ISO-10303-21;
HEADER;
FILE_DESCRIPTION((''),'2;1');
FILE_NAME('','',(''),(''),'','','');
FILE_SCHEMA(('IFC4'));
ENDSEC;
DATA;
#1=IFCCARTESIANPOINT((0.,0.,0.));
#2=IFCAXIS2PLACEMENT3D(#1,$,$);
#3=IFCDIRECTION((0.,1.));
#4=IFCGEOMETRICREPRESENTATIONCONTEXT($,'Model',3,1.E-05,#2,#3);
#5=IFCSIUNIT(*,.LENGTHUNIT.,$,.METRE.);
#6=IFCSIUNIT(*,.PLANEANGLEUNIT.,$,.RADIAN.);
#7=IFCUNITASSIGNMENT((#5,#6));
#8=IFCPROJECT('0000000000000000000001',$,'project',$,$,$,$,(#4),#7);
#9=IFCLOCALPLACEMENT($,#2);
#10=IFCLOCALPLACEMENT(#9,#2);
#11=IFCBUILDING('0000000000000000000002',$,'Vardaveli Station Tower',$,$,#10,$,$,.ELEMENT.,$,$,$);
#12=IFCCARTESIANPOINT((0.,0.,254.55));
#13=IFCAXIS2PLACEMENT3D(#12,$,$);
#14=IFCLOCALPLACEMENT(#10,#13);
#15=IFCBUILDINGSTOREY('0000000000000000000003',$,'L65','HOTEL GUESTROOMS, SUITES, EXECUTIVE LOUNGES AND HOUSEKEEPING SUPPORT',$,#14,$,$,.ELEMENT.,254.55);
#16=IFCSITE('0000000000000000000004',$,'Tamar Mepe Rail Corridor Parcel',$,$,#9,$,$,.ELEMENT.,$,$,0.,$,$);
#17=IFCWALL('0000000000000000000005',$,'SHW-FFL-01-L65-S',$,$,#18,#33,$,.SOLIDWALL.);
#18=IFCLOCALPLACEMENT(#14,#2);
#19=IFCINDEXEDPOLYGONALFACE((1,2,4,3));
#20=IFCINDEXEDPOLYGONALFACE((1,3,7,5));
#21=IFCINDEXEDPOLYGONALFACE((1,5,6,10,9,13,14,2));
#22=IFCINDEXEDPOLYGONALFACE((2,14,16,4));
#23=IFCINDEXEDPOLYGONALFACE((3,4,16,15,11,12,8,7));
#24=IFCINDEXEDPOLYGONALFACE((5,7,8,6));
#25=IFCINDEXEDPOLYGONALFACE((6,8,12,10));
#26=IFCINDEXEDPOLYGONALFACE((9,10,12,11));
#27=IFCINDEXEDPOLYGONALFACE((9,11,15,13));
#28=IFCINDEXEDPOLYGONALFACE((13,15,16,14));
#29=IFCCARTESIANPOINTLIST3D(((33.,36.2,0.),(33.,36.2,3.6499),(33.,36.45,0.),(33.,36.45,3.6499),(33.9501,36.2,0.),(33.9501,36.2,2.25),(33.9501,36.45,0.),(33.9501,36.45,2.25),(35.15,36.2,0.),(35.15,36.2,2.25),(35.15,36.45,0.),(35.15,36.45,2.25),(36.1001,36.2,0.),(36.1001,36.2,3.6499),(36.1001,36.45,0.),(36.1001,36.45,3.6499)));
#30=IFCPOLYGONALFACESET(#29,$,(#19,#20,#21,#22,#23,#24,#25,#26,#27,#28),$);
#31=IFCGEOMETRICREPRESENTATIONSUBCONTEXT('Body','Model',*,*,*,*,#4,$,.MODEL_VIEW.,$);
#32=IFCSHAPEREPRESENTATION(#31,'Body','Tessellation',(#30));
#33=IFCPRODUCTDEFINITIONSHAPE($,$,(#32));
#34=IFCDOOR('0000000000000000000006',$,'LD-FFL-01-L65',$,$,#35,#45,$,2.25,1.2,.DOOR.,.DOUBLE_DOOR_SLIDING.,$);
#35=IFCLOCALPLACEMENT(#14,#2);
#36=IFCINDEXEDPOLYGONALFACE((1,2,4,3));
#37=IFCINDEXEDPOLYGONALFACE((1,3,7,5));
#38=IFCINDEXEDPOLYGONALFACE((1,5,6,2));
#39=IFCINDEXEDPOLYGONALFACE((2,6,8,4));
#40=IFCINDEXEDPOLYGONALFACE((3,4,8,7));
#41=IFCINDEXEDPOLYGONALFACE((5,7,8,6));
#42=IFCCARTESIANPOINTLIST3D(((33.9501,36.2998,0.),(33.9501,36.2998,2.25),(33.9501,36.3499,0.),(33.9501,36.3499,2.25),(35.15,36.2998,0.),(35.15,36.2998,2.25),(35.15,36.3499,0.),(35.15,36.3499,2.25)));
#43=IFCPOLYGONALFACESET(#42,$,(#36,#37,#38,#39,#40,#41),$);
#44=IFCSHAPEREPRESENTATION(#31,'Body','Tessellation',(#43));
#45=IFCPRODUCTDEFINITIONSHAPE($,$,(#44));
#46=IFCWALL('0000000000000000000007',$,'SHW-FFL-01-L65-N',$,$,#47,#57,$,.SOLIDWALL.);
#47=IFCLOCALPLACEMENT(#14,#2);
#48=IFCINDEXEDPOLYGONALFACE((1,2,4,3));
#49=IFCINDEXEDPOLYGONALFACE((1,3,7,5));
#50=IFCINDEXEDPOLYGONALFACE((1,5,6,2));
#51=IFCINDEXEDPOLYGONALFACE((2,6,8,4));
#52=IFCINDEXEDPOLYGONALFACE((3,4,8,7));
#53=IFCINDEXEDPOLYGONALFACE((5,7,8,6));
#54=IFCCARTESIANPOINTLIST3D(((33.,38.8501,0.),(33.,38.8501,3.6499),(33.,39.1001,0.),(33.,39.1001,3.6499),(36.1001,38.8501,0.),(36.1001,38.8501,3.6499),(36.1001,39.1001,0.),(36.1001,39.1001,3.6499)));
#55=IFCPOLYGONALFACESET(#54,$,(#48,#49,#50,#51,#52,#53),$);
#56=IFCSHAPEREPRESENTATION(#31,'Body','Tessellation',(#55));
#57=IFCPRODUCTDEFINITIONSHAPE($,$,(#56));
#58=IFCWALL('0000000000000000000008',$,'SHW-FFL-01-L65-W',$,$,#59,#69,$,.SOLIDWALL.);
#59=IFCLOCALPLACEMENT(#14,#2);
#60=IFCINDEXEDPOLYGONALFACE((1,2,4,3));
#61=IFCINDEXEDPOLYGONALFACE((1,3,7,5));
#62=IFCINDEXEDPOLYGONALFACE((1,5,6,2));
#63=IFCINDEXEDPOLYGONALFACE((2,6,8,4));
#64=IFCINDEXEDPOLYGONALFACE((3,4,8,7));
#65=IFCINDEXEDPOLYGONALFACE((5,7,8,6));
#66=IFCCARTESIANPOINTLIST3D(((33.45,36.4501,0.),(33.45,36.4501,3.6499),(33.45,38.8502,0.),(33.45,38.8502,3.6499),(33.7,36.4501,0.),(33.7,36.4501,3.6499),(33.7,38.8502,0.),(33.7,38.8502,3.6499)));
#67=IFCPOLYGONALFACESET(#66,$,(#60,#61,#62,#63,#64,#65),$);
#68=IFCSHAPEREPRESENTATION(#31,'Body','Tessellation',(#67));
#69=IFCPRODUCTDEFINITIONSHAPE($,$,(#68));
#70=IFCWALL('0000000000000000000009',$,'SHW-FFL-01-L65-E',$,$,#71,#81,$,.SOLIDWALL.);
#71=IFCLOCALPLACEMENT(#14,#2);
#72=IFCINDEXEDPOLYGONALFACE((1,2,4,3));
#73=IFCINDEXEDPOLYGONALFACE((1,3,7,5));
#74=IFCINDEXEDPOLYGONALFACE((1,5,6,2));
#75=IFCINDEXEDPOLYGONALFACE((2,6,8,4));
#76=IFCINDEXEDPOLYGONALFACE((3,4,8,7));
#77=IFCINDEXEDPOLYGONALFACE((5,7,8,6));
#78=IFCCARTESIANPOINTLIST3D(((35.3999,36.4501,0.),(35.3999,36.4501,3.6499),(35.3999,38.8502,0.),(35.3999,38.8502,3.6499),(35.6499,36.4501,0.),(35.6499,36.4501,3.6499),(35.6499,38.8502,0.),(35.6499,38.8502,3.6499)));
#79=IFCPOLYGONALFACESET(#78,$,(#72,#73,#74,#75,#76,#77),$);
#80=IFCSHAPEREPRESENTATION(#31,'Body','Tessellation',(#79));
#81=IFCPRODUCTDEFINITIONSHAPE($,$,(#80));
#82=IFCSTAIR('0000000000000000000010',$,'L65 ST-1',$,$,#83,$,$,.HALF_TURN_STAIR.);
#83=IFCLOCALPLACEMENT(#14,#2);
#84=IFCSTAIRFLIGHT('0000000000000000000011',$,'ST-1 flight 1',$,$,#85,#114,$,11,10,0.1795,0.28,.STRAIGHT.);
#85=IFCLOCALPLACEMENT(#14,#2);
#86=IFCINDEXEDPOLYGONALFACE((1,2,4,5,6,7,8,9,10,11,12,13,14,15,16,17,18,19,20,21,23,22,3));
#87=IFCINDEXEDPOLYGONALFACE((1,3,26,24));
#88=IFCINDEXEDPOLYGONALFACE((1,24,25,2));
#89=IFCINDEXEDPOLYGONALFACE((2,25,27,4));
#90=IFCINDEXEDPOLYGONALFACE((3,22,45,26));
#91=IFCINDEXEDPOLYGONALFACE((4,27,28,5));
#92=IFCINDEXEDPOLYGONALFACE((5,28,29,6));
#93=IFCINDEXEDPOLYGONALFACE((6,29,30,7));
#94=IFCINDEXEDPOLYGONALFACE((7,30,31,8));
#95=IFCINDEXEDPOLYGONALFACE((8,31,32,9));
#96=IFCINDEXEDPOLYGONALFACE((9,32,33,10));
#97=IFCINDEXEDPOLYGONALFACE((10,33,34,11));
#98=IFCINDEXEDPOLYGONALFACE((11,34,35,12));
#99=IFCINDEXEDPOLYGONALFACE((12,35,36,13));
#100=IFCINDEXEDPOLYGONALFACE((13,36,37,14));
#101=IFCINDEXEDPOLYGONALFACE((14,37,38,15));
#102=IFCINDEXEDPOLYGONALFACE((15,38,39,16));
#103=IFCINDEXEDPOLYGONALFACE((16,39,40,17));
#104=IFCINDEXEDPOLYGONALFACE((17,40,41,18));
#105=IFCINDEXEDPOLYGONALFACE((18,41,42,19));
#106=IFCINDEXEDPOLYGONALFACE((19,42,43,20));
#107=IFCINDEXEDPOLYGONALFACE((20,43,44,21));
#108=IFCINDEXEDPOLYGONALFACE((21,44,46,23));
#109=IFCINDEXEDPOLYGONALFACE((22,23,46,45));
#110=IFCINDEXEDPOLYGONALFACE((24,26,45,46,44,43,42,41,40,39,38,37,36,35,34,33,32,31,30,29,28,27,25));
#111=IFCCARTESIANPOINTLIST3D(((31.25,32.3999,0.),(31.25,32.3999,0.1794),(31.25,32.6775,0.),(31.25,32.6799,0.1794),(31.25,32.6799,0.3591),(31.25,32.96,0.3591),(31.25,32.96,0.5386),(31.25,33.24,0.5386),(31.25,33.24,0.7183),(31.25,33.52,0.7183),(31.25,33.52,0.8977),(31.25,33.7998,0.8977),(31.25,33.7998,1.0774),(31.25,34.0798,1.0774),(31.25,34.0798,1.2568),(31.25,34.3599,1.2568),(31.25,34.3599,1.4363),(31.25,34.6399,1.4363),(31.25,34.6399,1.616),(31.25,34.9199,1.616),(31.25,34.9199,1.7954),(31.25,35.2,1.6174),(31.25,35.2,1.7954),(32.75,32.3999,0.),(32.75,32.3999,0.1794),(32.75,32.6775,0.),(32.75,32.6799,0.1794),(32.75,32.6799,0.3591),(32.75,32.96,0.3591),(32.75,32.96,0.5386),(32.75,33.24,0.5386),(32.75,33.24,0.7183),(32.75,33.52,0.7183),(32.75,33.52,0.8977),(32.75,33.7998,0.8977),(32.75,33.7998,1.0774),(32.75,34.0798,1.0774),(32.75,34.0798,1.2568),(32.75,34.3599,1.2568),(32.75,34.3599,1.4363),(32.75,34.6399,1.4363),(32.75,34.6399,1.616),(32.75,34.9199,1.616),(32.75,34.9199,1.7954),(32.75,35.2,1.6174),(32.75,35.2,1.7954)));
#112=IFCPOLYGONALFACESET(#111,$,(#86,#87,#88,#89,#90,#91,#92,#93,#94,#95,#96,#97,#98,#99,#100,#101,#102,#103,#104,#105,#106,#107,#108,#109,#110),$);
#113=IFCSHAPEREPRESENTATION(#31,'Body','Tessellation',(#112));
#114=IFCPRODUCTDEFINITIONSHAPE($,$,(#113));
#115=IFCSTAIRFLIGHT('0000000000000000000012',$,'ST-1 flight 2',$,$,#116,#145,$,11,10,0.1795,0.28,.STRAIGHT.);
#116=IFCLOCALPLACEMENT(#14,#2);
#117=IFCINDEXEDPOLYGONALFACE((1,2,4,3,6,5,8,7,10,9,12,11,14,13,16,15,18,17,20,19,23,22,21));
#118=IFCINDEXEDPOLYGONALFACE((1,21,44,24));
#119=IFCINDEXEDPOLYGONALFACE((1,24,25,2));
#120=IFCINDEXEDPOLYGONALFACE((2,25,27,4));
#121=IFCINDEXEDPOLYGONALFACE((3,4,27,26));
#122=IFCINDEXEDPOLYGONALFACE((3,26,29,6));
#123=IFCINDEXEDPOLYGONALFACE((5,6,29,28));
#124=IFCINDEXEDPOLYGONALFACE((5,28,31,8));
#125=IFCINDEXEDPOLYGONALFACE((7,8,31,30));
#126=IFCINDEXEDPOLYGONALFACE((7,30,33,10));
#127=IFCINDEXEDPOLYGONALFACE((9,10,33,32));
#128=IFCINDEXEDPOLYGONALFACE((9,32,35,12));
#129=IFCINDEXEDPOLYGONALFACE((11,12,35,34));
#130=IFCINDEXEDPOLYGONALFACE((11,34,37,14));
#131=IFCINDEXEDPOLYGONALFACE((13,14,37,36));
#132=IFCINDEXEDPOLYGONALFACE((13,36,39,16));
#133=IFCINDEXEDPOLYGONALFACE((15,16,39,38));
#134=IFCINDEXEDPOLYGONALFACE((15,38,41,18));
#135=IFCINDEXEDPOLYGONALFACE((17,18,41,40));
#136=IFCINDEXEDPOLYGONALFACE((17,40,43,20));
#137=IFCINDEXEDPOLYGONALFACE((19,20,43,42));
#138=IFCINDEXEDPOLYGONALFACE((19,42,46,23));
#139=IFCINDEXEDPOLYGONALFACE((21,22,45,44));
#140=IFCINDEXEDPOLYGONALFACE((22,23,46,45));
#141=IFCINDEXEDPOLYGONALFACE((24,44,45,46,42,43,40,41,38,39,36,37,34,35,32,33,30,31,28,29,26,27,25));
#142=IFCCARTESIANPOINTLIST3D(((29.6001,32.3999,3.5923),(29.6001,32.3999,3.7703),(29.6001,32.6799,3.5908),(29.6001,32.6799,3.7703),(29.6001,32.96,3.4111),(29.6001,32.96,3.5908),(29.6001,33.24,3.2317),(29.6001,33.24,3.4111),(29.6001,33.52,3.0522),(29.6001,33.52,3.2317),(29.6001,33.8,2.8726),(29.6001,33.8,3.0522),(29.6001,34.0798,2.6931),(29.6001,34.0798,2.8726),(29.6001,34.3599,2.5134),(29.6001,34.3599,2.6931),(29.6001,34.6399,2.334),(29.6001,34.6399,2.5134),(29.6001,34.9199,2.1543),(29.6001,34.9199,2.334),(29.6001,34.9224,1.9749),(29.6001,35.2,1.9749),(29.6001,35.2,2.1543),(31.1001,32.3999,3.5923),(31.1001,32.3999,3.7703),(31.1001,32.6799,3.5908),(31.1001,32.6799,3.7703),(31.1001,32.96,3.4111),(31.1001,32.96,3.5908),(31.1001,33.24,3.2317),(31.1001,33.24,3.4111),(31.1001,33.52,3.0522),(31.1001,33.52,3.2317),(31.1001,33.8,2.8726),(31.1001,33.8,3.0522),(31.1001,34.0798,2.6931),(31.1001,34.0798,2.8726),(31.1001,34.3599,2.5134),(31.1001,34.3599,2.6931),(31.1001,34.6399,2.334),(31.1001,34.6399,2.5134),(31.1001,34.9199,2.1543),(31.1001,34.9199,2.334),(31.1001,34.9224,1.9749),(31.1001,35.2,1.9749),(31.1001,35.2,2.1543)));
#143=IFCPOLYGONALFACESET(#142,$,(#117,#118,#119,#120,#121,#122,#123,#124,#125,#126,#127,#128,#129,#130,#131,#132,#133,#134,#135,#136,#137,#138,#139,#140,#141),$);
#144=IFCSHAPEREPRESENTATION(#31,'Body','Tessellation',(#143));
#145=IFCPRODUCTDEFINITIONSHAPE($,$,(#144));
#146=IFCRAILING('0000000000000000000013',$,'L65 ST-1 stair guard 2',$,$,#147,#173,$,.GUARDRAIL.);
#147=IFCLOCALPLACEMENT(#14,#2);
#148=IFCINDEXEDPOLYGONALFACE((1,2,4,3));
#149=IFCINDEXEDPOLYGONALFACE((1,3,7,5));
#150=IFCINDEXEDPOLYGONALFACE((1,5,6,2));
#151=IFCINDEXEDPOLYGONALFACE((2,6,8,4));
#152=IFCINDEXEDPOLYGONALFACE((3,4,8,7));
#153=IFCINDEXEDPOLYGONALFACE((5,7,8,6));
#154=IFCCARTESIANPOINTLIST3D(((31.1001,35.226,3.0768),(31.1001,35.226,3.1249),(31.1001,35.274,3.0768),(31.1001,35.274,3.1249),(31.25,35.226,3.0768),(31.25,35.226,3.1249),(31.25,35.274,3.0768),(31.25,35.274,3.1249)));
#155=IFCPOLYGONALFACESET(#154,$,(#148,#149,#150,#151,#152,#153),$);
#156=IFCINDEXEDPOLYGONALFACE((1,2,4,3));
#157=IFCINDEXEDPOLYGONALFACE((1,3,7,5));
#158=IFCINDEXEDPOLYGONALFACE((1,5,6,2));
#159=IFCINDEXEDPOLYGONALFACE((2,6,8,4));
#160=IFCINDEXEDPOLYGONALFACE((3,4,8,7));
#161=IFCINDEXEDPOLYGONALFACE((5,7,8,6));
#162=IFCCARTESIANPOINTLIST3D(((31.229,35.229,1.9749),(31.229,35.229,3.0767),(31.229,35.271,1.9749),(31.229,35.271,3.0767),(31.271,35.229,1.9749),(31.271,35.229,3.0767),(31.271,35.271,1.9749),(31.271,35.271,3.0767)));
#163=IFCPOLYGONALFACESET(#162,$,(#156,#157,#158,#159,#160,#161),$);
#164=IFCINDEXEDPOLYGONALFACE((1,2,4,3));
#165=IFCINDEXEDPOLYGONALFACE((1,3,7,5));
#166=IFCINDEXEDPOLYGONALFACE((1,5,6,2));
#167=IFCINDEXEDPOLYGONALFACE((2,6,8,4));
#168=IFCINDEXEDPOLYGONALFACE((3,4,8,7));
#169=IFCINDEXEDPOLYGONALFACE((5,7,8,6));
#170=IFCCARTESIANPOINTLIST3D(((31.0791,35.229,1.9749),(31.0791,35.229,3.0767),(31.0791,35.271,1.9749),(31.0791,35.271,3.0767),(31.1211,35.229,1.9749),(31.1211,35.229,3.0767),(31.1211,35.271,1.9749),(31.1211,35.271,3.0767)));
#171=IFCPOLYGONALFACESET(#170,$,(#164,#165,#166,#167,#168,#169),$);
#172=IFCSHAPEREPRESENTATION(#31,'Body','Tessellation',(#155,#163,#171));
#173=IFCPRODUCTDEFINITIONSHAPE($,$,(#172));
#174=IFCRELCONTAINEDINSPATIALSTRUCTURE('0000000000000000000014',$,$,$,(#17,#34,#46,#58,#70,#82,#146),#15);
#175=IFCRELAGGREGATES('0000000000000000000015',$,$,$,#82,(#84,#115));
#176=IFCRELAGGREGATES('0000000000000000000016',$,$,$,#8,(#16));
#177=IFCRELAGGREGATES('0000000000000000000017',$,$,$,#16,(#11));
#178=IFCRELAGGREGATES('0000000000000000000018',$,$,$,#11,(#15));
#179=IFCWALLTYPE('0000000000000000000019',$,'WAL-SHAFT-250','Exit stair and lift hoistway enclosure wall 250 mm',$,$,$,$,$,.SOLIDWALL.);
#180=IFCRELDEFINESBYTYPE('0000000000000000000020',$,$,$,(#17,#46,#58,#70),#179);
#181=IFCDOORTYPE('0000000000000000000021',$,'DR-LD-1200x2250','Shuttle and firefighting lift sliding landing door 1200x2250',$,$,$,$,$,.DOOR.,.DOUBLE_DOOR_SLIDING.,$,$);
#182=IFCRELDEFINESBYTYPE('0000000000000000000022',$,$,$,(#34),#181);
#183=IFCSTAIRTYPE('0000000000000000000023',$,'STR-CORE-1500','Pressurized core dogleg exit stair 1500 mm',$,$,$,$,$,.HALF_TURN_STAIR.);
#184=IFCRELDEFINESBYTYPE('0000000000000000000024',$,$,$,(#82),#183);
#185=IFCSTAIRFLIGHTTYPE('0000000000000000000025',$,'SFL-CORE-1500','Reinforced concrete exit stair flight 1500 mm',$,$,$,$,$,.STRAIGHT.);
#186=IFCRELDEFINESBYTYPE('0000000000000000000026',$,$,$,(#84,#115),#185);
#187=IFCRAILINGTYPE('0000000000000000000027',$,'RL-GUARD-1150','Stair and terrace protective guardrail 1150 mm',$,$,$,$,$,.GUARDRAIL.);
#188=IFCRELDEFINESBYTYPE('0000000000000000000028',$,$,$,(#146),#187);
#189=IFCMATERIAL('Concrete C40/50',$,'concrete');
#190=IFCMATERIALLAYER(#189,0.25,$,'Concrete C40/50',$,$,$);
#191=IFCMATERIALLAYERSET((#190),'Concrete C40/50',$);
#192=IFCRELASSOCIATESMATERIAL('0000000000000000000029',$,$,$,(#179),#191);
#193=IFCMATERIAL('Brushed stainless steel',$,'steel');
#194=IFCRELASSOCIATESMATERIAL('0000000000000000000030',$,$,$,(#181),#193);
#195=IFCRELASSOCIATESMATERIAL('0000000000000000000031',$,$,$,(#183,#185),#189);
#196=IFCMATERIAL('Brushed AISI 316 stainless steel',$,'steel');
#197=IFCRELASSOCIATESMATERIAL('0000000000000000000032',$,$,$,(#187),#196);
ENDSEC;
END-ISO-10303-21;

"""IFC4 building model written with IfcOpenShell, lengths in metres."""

from ifc_helpers import new_model, si_unit, direction, frame, frame_2d, origin, origin_2d, place, context, subcontext, project, spatial, polyline, rectangle, outline, extrude, source, transform, mapped, material, layer, layer_set, type_object, element, fill, aggregate, save


model = new_model("IFC4")

# Units and contexts
model_context = context("Model", 3, precision=1e-05, world=origin(), true_north=direction((0.0, 1.0)))
body_context = subcontext(model_context, "Body", "Model", "MODEL_VIEW")
ifc_project = project(units=[si_unit("LENGTHUNIT", "METRE"), si_unit("PLANEANGLEUNIT", "RADIAN")], contexts=[model_context])

# Site, building, storey
site_placement = place(None, origin())
site = spatial("IfcSite", under=ifc_project, at=site_placement, Name="Tamar Mepe Rail Corridor Parcel", CompositionType="ELEMENT", RefElevation=0.0)
building_placement = place(site_placement, origin())
building = spatial("IfcBuilding", under=site, at=building_placement, Name="Vardaveli Station Tower", CompositionType="ELEMENT")
storey_placement = place(building_placement, frame((0.0, 0.0, 254.55)))
storey = spatial("IfcBuildingStorey", under=building, at=storey_placement, Name="L65", Description="HOTEL GUESTROOMS, SUITES, EXECUTIVE LOUNGES AND HOUSEKEEPING SUPPORT", CompositionType="ELEMENT", Elevation=254.55)

# Shared definitions
ifc_material_1 = material(Name="Concrete C40/50", Category="concrete")
ifc_layer_1 = layer(ifc_material_1, 0.25, Name="Concrete C40/50")
ifc_layer_set_1 = layer_set([ifc_layer_1], Name="Concrete C40/50")
wall_type_1 = type_object("IfcWallType", Name="WAL-SHAFT-250", Description="Exit stair and lift hoistway enclosure wall 250 mm", PredefinedType="SOLIDWALL", material=ifc_layer_set_1)

# Wall, opening, door
shared_shape_1 = source(origin(), body_context, "Body", "SweptSolid", [
    extrude(rectangle(XDim=3.1001, YDim=0.25, at=frame_2d((1.55, 0.0))), origin(), (0.0, 0.0, 1.0), 3.6499),
])
wall_1_placement = place(storey_placement, frame((33.0, 36.325, 0.0), z_axis=(0.0, 0.0, 1.0), x_axis=(1.0, 0.0, 0.0)))
wall_1 = element("IfcWall", 1, at=wall_1_placement, inside=storey, type_object=wall_type_1, Name="SHW-FFL-01-L65-S", PredefinedType="SOLIDWALL", context=body_context, shape_type="MappedRepresentation", body=[
    mapped(shared_shape_1, transform((0.0, 0.0, 0.0), scale=1.0)),
])
shared_shape_2 = source(origin(), body_context, "Body", "SweptSolid", [
    extrude(rectangle(XDim=1.2, YDim=2.25, at=frame_2d((0.6001, 1.125))), frame((0.0, 0.135, 0.0), z_axis=(0.0, -1.0, 0.0), x_axis=(1.0, 0.0, 0.0)), (0.0, 0.0, 1.0), 0.27),
])
opening_1_placement = place(wall_1_placement, frame((0.95, 0.0, 0.0)))
opening_1 = element("IfcOpeningElement", 2, at=opening_1_placement, cuts=wall_1, PredefinedType="OPENING", context=body_context, shape_type="MappedRepresentation", body=[
    mapped(shared_shape_2, transform((0.0, 0.0, 0.0), scale=1.0)),
])
ifc_material_2 = material(Name="Brushed stainless steel", Category="steel")
door_type = type_object("IfcDoorType", Name="DR-LD-1200x2250", Description="Shuttle and firefighting lift sliding landing door 1200x2250", OperationType="DOUBLE_DOOR_SLIDING", PredefinedType="DOOR", material=ifc_material_2)
shared_shape_3 = source(origin(), body_context, "Body", "SweptSolid", [
    extrude(rectangle(XDim=1.2, YDim=2.25, at=frame_2d((0.6001, 1.125))), frame((0.0, 0.0249, 0.0), z_axis=(0.0, -1.0, 0.0), x_axis=(1.0, 0.0, 0.0)), (0.0, 0.0, 1.0), 0.05),
])
door_placement = place(opening_1_placement, origin())
door = element("IfcDoor", 3, at=door_placement, inside=storey, type_object=door_type, Name="LD-FFL-01-L65", OperationType="DOUBLE_DOOR_SLIDING", OverallHeight=2.25, OverallWidth=1.2, PredefinedType="DOOR", context=body_context, shape_type="MappedRepresentation", body=[
    mapped(shared_shape_3, transform((0.0, 0.0, 0.0), scale=1.0)),
])
fill(opening_1, door)

# Walls
wall_2_placement = place(storey_placement, frame((33.0, 38.9751, 0.0), z_axis=(0.0, 0.0, 1.0), x_axis=(1.0, 0.0, 0.0)))
element("IfcWall", 4, at=wall_2_placement, inside=storey, type_object=wall_type_1, Name="SHW-FFL-01-L65-N", PredefinedType="SOLIDWALL", context=body_context, shape_type="MappedRepresentation", body=[
    mapped(shared_shape_1, transform((0.0, 0.0, 0.0), scale=1.0)),
])
shared_shape_4 = source(origin(), body_context, "Body", "SweptSolid", [
    extrude(rectangle(XDim=2.4001, YDim=0.25, at=frame_2d((1.2002, 0.0))), origin(), (0.0, 0.0, 1.0), 3.6499),
])
for number, where, z_axis, x_axis, name in (
    (5, (33.575, 36.45, 0.0), (0.0, 0.0, 1.0), (0.0, 1.0, 0.0), "SHW-FFL-01-L65-W"),
    (6, (35.5249, 36.45, 0.0), (0.0, 0.0, 1.0), (0.0, 1.0, 0.0), "SHW-FFL-01-L65-E"),
):
    element("IfcWall", number, at=place(storey_placement, frame(where, z_axis=z_axis, x_axis=x_axis)), inside=storey, type_object=wall_type_1, Name=name, PredefinedType="SOLIDWALL", context=body_context, shape_type="MappedRepresentation", body=[
        mapped(shared_shape_4, transform((0.0, 0.0, 0.0), scale=1.0)),
    ])

# Stair, stair flights
stair_type = type_object("IfcStairType", Name="STR-CORE-1500", Description="Pressurized core dogleg exit stair 1500 mm", PredefinedType="HALF_TURN_STAIR", material=ifc_material_1)
stair_placement = place(storey_placement, origin())
stair = element("IfcStair", 7, at=stair_placement, inside=storey, type_object=stair_type, Name="L65 ST-1", PredefinedType="HALF_TURN_STAIR")
stair_flight_type = type_object("IfcStairFlightType", Name="SFL-CORE-1500", Description="Reinforced concrete exit stair flight 1500 mm", PredefinedType="STRAIGHT", material=ifc_material_1)
shared_shape_5 = source(origin(), body_context, "Body", "SweptSolid", [
    extrude(outline(polyline([(0.0, 0.0), (0.0, 0.1794), (0.28, 0.1794), (0.28, 0.3591), (0.5601, 0.3591), (0.5601, 0.5386), (0.8401, 0.5386), (0.8401, 0.7183), (1.1201, 0.7183), (1.1201, 0.8977), (1.3999, 0.8977), (1.3999, 1.0774), (1.6799, 1.0774), (1.6799, 1.2568), (1.96, 1.2568), (1.96, 1.4363), (2.24, 1.4363), (2.24, 1.616), (2.52, 1.616), (2.52, 1.7954), (2.8, 1.7954), (2.8, 1.9751), (2.8, 1.6174), (0.2776, 0.0), (0.0, 0.0)])), frame((0.0, 0.75, 0.0), z_axis=(0.0, -1.0, 0.0), x_axis=(1.0, 0.0, 0.0)), (0.0, 0.0, 1.0), 1.5),
])
stair_flight_1_placement = place(storey_placement, frame((32.0, 32.3999, 0.0), z_axis=(0.0, 0.0, 1.0), x_axis=(0.0, 1.0, 0.0)))
stair_flight_1 = element("IfcStairFlight", 8, at=stair_flight_1_placement, type_object=stair_flight_type, Name="ST-1 flight 1", NumberOfRisers=11, NumberOfTreads=10, PredefinedType="STRAIGHT", RiserHeight=0.1795, TreadLength=0.28, context=body_context, shape_type="MappedRepresentation", body=[
    mapped(shared_shape_5, transform((0.0, 0.0, 0.0), scale=1.0)),
])
stair_flight_2_placement = place(storey_placement, frame((30.3501, 35.2, 1.9749), z_axis=(0.0, 0.0, 1.0), x_axis=(0.0, -1.0, 0.0)))
stair_flight_2 = element("IfcStairFlight", 9, at=stair_flight_2_placement, type_object=stair_flight_type, Name="ST-1 flight 2", NumberOfRisers=11, NumberOfTreads=10, PredefinedType="STRAIGHT", RiserHeight=0.1795, TreadLength=0.28, context=body_context, shape_type="MappedRepresentation", body=[
    mapped(shared_shape_5, transform((0.0, 0.0, 0.0), scale=1.0)),
])
aggregate(stair, [stair_flight_1, stair_flight_2])

# Railing
ifc_material_3 = material(Name="Brushed AISI 316 stainless steel", Category="steel")
railing_type_1 = type_object("IfcRailingType", Name="RL-GUARD-1150", Description="Stair and terrace protective guardrail 1150 mm", PredefinedType="GUARDRAIL", material=ifc_material_3)
shared_shape_6 = source(origin(), body_context, "Body", "SweptSolid", [
    extrude(rectangle(XDim=0.0481, YDim=0.0481, at=origin_2d()), frame((0.0, 0.0, 1.126), z_axis=(-1.0, 0.0, 0.0), x_axis=(0.0, -1.0, 0.0)), (0.0, 0.0, 1.0), 0.1499),
    extrude(rectangle(XDim=0.042, YDim=0.042, at=origin_2d()), origin(), (0.0, 0.0, 1.0), 1.1018),
    extrude(rectangle(XDim=0.042, YDim=0.042, at=origin_2d()), frame((-0.1499, 0.0, 0.0)), (0.0, 0.0, 1.0), 1.1018),
])
for number, where, name in (
    (10, (31.25, 35.25, 1.9749), "L65 ST-1 stair guard 2"),
):
    element("IfcRailing", number, at=place(storey_placement, frame(where)), inside=storey, type_object=railing_type_1, Name=name, PredefinedType="GUARDRAIL", context=body_context, shape_type="MappedRepresentation", body=[
        mapped(shared_shape_6, transform((0.0, 0.0, 0.0), scale=1.0)),
    ])

save(model, "model.ifc")
